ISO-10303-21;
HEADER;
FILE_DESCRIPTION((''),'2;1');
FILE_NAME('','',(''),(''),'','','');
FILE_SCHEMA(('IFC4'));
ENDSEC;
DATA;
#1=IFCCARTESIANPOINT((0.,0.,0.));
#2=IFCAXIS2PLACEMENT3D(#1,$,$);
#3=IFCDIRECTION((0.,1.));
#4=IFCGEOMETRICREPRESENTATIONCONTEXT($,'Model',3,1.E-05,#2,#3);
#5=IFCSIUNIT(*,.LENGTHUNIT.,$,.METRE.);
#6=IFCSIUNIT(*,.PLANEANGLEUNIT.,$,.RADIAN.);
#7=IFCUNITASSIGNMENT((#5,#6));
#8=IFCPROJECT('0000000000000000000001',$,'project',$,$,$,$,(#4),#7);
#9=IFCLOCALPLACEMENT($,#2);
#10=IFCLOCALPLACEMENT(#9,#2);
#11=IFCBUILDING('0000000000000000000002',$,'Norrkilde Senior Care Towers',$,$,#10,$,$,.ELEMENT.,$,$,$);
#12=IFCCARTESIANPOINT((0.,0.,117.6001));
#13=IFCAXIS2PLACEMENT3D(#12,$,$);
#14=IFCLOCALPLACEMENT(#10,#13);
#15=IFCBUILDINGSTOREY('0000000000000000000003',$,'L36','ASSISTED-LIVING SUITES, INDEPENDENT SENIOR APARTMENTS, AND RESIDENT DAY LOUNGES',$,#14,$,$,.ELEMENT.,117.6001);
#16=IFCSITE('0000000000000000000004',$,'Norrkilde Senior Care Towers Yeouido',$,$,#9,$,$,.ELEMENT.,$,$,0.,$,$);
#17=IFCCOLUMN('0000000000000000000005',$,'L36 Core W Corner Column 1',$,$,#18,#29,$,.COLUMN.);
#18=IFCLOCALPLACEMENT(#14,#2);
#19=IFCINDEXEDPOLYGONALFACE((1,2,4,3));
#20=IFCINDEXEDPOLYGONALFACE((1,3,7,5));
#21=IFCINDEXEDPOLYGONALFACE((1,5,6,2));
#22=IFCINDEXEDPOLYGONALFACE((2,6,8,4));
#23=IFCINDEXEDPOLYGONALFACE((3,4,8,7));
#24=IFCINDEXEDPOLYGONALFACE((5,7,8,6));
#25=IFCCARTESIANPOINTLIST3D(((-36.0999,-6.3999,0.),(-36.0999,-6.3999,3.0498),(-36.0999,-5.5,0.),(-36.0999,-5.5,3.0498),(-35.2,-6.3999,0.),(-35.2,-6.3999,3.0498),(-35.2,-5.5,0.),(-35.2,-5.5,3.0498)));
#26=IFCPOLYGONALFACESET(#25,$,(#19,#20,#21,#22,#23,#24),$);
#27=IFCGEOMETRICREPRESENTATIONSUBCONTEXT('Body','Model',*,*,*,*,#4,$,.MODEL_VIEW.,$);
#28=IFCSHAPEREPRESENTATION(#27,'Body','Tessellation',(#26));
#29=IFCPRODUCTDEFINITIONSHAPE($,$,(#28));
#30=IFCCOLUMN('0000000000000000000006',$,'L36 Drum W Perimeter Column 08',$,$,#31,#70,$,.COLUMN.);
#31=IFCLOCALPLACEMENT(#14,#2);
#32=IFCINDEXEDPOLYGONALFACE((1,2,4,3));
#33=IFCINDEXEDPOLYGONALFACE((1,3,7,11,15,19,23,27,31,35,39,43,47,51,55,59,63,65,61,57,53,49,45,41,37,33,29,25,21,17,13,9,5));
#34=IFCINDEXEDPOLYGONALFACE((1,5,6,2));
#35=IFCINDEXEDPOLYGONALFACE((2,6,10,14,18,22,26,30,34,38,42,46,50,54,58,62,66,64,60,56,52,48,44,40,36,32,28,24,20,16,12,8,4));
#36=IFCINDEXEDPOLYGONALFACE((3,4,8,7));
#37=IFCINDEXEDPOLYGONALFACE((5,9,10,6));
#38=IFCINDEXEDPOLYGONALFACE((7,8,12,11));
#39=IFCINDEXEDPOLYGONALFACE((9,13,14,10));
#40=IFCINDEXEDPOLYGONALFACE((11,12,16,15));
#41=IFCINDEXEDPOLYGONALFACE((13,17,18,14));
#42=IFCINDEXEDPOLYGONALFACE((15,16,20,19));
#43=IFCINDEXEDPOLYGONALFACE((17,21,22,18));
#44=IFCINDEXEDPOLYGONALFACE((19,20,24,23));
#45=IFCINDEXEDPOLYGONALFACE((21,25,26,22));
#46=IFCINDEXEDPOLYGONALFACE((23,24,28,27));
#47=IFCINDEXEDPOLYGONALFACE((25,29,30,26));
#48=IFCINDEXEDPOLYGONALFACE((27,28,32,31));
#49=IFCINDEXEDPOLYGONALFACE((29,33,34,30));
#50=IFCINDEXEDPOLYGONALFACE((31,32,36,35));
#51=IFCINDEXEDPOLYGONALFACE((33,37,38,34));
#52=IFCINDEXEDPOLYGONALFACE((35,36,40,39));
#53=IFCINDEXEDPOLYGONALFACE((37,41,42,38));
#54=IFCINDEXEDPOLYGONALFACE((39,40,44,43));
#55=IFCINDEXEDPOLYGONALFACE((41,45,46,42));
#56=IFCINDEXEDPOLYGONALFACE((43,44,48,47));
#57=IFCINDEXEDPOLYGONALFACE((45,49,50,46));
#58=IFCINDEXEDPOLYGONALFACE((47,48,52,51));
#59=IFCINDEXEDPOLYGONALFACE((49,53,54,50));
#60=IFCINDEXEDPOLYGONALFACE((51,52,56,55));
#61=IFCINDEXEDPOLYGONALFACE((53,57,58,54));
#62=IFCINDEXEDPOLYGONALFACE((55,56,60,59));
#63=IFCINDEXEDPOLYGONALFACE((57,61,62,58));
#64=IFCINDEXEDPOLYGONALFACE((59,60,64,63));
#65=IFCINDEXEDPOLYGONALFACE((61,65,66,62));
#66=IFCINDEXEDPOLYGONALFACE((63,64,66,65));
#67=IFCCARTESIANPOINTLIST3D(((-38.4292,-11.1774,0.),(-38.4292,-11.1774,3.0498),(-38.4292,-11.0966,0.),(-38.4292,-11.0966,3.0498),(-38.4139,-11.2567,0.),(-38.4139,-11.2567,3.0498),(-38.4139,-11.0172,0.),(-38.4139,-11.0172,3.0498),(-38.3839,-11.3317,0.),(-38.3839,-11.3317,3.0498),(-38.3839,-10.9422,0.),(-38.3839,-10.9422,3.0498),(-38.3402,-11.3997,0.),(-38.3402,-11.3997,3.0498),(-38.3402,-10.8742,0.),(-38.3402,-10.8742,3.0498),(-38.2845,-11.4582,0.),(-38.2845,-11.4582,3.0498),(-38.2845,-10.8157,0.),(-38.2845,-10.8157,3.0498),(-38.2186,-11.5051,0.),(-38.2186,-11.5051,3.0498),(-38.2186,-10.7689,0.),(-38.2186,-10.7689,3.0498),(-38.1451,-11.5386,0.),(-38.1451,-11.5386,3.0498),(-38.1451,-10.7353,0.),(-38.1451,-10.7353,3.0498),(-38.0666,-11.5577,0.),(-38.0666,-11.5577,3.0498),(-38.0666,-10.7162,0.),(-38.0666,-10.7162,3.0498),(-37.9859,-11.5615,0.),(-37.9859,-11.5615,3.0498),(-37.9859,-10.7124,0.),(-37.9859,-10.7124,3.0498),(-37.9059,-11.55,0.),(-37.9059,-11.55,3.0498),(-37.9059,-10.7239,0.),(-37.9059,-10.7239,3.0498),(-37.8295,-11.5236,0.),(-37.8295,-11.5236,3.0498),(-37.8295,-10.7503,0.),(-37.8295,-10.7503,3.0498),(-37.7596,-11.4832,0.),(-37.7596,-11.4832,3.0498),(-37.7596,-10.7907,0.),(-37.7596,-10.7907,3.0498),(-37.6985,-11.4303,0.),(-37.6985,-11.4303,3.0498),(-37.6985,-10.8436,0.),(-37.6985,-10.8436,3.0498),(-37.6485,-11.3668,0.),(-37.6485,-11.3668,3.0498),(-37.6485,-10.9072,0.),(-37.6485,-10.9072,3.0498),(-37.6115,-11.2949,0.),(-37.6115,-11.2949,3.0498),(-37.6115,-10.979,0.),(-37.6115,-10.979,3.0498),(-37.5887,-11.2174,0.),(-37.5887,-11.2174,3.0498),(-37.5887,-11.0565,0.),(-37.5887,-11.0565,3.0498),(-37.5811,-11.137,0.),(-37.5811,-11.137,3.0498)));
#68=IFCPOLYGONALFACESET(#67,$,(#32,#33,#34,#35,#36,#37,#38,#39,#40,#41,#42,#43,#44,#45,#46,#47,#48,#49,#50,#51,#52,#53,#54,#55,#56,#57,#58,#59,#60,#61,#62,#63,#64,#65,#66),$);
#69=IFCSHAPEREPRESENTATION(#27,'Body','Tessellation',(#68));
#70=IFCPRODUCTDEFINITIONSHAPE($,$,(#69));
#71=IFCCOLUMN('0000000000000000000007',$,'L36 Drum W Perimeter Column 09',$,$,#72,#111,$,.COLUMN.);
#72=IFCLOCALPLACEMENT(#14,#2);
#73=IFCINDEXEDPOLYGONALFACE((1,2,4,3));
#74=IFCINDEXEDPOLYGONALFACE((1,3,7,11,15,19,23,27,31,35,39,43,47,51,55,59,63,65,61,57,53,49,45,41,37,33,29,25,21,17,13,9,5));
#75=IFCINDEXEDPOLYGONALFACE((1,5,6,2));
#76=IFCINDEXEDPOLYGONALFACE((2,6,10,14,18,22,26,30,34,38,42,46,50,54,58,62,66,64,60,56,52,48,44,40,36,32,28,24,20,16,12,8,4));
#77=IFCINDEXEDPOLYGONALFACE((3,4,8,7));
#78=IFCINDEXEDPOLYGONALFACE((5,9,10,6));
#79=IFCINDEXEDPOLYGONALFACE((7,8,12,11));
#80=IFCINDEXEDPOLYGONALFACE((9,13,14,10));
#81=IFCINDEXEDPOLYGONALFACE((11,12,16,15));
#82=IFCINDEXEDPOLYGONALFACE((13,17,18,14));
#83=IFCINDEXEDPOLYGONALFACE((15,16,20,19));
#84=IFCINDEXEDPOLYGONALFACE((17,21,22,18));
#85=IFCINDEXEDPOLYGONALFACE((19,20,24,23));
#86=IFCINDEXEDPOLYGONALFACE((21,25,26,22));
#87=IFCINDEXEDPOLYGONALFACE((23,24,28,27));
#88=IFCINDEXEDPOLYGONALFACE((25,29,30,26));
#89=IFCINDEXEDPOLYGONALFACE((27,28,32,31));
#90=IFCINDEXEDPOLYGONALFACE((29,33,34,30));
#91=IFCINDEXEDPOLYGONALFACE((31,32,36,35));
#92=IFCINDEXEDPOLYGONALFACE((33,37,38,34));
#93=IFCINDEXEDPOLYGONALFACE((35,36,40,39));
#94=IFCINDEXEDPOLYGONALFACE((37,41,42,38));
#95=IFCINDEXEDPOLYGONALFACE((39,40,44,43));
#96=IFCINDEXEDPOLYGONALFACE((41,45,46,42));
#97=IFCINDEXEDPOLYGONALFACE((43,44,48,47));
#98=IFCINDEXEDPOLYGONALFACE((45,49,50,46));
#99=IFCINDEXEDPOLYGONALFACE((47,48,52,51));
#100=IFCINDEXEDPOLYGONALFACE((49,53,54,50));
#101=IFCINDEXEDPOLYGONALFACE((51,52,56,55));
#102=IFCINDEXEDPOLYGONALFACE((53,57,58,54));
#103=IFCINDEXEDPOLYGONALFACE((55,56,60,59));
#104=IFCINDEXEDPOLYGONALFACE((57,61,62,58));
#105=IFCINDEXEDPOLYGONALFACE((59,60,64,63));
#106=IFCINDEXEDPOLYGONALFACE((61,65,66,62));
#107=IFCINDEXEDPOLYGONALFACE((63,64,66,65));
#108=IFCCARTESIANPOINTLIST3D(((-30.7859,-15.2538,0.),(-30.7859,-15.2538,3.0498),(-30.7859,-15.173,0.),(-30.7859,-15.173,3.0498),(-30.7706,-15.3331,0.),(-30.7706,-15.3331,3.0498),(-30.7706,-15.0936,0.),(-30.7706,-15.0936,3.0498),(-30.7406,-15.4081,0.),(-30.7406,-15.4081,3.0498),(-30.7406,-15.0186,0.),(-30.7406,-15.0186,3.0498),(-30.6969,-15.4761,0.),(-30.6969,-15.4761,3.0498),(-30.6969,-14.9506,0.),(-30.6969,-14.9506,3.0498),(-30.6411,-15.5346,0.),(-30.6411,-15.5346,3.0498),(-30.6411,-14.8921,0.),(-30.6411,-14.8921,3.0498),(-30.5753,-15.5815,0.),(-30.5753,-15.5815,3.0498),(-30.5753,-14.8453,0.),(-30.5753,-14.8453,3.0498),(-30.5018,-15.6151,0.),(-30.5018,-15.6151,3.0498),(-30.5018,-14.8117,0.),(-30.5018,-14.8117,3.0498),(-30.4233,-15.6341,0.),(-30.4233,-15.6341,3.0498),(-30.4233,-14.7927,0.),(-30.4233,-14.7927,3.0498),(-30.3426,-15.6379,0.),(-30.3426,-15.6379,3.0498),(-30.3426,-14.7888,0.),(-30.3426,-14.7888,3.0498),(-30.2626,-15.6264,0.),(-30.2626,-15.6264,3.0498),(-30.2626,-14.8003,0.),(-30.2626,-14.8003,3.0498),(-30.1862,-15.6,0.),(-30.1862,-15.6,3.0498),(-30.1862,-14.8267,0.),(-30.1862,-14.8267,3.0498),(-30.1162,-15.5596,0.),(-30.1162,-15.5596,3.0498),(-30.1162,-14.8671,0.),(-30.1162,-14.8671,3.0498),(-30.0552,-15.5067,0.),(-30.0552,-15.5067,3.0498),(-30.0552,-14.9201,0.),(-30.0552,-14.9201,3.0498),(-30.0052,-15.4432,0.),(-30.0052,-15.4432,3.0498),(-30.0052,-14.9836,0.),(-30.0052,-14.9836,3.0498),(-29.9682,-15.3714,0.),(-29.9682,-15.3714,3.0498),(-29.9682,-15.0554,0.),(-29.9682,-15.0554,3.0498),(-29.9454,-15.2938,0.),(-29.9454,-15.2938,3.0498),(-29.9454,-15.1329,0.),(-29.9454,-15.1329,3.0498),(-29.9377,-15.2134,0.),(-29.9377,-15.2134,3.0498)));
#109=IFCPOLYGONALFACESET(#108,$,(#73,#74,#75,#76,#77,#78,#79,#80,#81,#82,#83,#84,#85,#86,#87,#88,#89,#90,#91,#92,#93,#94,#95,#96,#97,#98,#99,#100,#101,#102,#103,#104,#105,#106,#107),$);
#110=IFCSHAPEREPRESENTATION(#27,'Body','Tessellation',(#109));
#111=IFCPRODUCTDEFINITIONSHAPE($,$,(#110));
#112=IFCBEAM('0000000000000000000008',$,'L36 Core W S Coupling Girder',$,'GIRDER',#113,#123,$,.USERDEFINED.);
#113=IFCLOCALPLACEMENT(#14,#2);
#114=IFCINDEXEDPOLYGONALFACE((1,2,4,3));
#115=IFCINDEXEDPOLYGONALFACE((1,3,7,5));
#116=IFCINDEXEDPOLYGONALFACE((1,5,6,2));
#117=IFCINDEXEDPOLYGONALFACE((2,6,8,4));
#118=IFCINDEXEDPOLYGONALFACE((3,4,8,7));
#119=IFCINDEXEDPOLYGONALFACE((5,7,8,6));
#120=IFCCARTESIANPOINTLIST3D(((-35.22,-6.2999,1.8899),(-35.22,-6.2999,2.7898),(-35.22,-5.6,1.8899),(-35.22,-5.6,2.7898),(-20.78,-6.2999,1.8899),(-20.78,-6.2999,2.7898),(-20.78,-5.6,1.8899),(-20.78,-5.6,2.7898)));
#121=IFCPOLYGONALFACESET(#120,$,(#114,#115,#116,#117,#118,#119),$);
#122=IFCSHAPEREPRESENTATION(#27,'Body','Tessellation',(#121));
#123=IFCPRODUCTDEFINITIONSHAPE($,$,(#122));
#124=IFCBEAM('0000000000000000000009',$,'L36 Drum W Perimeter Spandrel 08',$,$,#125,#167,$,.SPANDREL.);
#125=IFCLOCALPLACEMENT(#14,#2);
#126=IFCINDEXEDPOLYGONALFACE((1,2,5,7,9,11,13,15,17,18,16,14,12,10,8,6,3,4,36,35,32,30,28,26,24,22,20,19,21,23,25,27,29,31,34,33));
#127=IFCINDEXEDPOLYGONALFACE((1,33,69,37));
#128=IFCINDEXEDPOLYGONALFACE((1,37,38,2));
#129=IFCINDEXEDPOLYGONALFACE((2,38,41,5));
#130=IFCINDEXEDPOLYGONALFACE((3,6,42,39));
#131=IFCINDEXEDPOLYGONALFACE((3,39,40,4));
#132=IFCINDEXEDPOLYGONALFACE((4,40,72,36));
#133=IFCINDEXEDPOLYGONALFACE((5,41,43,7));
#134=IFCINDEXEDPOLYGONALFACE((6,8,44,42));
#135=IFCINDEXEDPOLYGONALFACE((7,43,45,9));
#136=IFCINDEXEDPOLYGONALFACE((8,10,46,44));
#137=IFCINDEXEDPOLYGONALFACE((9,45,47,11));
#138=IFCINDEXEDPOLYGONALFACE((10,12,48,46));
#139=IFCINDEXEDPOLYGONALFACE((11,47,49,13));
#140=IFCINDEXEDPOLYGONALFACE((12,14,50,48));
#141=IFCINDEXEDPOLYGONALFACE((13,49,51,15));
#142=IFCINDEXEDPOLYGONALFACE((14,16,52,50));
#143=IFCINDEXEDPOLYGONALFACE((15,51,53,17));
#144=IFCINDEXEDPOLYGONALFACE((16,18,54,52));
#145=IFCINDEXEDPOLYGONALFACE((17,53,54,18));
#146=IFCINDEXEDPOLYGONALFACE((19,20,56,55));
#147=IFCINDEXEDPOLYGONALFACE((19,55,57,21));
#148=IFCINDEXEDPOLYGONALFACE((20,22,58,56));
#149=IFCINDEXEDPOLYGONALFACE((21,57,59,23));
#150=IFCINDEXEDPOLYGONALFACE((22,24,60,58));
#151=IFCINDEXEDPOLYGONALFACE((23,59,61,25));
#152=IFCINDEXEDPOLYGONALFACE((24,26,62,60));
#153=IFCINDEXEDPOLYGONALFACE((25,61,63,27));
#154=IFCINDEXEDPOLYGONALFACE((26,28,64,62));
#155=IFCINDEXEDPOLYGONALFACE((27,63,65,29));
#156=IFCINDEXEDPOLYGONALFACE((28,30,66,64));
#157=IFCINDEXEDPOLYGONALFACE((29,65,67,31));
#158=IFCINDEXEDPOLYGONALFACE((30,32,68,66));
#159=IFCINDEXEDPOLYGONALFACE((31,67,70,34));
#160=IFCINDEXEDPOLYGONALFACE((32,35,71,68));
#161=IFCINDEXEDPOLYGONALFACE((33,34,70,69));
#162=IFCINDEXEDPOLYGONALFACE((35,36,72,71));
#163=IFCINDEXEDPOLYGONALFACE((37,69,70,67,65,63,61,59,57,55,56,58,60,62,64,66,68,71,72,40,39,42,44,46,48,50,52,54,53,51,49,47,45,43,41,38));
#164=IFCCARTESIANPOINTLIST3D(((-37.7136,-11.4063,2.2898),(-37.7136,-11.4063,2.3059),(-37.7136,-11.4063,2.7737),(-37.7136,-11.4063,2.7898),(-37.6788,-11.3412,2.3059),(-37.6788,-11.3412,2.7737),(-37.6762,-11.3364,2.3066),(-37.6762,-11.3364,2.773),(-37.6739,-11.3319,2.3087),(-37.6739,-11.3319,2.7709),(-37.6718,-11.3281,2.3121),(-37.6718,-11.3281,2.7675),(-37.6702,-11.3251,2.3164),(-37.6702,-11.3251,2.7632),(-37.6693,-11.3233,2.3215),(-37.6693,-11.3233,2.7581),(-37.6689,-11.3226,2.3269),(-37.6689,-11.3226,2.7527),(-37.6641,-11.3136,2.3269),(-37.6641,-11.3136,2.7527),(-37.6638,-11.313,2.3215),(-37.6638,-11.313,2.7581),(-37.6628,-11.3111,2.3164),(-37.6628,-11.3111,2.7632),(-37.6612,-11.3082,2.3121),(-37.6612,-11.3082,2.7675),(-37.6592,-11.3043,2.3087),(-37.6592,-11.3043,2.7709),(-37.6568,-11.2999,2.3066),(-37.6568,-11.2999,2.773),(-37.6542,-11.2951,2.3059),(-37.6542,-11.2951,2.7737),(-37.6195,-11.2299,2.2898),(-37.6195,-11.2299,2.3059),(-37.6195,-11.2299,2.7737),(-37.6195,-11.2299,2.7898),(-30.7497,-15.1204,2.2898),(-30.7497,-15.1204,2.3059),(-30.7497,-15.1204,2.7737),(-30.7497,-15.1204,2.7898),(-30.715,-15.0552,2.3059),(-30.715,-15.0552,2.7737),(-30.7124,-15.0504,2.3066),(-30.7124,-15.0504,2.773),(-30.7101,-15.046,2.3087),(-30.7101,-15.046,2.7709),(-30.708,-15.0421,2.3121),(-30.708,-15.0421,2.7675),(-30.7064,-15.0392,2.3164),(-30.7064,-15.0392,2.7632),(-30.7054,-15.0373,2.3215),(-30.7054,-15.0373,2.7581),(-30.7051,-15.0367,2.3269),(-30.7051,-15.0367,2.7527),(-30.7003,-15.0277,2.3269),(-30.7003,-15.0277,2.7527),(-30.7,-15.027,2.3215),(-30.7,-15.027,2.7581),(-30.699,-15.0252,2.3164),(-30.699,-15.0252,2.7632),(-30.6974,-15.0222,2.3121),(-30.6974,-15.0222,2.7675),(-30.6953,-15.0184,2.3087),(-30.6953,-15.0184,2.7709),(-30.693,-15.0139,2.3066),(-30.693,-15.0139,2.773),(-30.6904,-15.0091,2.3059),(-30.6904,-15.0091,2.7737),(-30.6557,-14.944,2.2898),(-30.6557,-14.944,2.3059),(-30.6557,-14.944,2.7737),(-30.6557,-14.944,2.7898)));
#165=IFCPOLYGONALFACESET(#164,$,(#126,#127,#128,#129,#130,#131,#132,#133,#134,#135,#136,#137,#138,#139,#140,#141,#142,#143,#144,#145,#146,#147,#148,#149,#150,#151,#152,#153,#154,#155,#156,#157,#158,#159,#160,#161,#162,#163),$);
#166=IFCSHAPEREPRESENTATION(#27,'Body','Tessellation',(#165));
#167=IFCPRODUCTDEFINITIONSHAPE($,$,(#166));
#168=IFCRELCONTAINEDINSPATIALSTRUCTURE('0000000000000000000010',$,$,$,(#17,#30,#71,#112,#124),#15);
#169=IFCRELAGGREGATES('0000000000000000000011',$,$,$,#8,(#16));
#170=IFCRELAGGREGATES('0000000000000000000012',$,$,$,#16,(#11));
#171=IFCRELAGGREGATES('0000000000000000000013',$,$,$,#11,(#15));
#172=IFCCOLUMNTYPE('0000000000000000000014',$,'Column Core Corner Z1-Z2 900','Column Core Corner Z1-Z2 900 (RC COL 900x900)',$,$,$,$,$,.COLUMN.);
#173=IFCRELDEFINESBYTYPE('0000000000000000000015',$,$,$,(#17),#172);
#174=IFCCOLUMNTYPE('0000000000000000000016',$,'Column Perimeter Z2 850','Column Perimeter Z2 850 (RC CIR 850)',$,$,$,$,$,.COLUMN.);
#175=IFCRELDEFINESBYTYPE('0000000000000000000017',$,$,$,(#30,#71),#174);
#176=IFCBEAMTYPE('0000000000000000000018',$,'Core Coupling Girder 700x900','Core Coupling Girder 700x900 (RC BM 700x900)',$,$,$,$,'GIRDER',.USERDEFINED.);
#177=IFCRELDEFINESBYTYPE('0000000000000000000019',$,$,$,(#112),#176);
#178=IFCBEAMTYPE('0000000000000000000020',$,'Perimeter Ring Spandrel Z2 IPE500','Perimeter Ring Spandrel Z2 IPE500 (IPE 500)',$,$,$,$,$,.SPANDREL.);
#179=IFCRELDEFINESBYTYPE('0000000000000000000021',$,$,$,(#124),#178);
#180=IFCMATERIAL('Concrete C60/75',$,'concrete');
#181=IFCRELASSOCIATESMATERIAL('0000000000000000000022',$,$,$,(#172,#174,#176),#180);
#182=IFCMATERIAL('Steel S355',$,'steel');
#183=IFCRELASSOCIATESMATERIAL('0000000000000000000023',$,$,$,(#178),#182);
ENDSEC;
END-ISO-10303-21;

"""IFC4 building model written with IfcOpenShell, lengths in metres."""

from ifc_helpers import new_model, si_unit, direction, frame, origin, origin_2d, place, context, subcontext, project, spatial, rectangle, circle, i_section, extrude, source, transform, mapped, material, material_profile, profile_set, type_object, type_shapes, element, save


model = new_model("IFC4")

# Units and contexts
model_context = context("Model", 3, precision=1e-05, world=origin(), true_north=direction((0.0, 1.0)))
body_context = subcontext(model_context, "Body", "Model", "MODEL_VIEW")
ifc_project = project(units=[si_unit("LENGTHUNIT", "METRE"), si_unit("PLANEANGLEUNIT", "RADIAN")], contexts=[model_context])

# Site, building, storey
site_placement = place(None, origin())
site = spatial("IfcSite", under=ifc_project, at=site_placement, Name="Norrkilde Senior Care Towers Yeouido", CompositionType="ELEMENT", RefElevation=0.0)
building_placement = place(site_placement, origin())
building = spatial("IfcBuilding", under=site, at=building_placement, Name="Norrkilde Senior Care Towers", CompositionType="ELEMENT")
storey_placement = place(building_placement, frame((0.0, 0.0, 117.6001)))
storey = spatial("IfcBuildingStorey", under=building, at=storey_placement, Name="L36", Description="ASSISTED-LIVING SUITES, INDEPENDENT SENIOR APARTMENTS, AND RESIDENT DAY LOUNGES", CompositionType="ELEMENT", Elevation=117.6001)

# Columns
ifc_material_1 = material(Name="Concrete C60/75", Category="concrete")
ifc_material_profile_1 = material_profile(ifc_material_1, rectangle(XDim=0.8999, YDim=0.8999, at=origin_2d()), Name="RC COL 900x900")
ifc_profile_set_1 = profile_set([ifc_material_profile_1], Name="Concrete C60/75")
column_type_1 = type_object("IfcColumnType", Name="Column Core Corner Z1-Z2 900", Description="Column Core Corner Z1-Z2 900 (RC COL 900x900)", PredefinedType="COLUMN", material=ifc_profile_set_1)
shared_shape_1 = source(origin(), body_context, "Body", "SweptSolid", [
    extrude(rectangle(XDim=0.8999, YDim=0.8999, at=origin_2d()), origin(), (0.0, 0.0, 1.0), 3.0498),
])
type_shapes(column_type_1, [shared_shape_1])
column_placement = place(storey_placement, frame((-35.6499, -5.95, 0.0), z_axis=(0.0, 0.0, 1.0), x_axis=(1.0, 0.0, 0.0)))
element("IfcColumn", 1, at=column_placement, inside=storey, type_object=column_type_1, Name="L36 Core W Corner Column 1", PredefinedType="COLUMN", context=body_context, shape_type="MappedRepresentation", body=[
    mapped(shared_shape_1, transform((0.0, 0.0, 0.0), x_axis=(1.0, 0.0, 0.0), y_axis=(0.0, 1.0, 0.0), z_axis=(0.0, 0.0, 1.0), scale=1.0)),
])
ifc_material_profile_2 = material_profile(ifc_material_1, circle(Radius=0.425, at=origin_2d()), Name="RC CIR 850")
ifc_profile_set_2 = profile_set([ifc_material_profile_2], Name="Concrete C60/75")
column_type_2 = type_object("IfcColumnType", Name="Column Perimeter Z2 850", Description="Column Perimeter Z2 850 (RC CIR 850)", PredefinedType="COLUMN", material=ifc_profile_set_2)
shared_shape_2 = source(origin(), body_context, "Body", "SweptSolid", [
    extrude(circle(Radius=0.425, at=origin_2d()), origin(), (0.0, 0.0, 1.0), 3.0498),
])
type_shapes(column_type_2, [shared_shape_2])
for number, where, z_axis, x_axis, name in (
    (2, (-38.0061, -11.137, 0.0), (0.0, 0.0, 1.0), (1.0, 0.0, 0.0), "L36 Drum W Perimeter Column 08"),
    (3, (-30.3628, -15.2134, 0.0), (0.0, 0.0, 1.0), (1.0, 0.0, 0.0), "L36 Drum W Perimeter Column 09"),
):
    element("IfcColumn", number, at=place(storey_placement, frame(where, z_axis=z_axis, x_axis=x_axis)), inside=storey, type_object=column_type_2, Name=name, PredefinedType="COLUMN", context=body_context, shape_type="MappedRepresentation", body=[
        mapped(shared_shape_2, transform((0.0, 0.0, 0.0), x_axis=(1.0, 0.0, 0.0), y_axis=(0.0, 1.0, 0.0), z_axis=(0.0, 0.0, 1.0), scale=1.0)),
    ])

# Beams
ifc_material_profile_3 = material_profile(ifc_material_1, rectangle(XDim=0.7, YDim=0.8999, at=origin_2d()), Name="RC BM 700x900")
ifc_profile_set_3 = profile_set([ifc_material_profile_3], Name="Concrete C60/75")
beam_type_1 = type_object("IfcBeamType", Name="Core Coupling Girder 700x900", Description="Core Coupling Girder 700x900 (RC BM 700x900)", ElementType="GIRDER", PredefinedType="USERDEFINED", material=ifc_profile_set_3)
shared_shape_3 = source(origin(), body_context, "Body", "SweptSolid", [
    extrude(rectangle(XDim=0.7, YDim=0.8999, at=origin_2d()), origin(), (0.0, 0.0, 1.0), 14.4399),
])
type_shapes(beam_type_1, [shared_shape_3])
beam_1_placement = place(storey_placement, frame((-35.22, -5.95, 2.3398), z_axis=(1.0, 0.0, 0.0), x_axis=(0.0, 1.0, 0.0)))
element("IfcBeam", 4, at=beam_1_placement, inside=storey, type_object=beam_type_1, Name="L36 Core W S Coupling Girder", ObjectType="GIRDER", PredefinedType="USERDEFINED", context=body_context, shape_type="MappedRepresentation", body=[
    mapped(shared_shape_3, transform((0.0, 0.0, 0.0), x_axis=(1.0, 0.0, 0.0), y_axis=(0.0, 1.0, 0.0), z_axis=(0.0, 0.0, 1.0), scale=1.0)),
])
ifc_material_2 = material(Name="Steel S355", Category="steel")
ifc_material_profile_4 = material_profile(ifc_material_2, i_section(OverallWidth=0.2, OverallDepth=0.5, WebThickness=0.0103, FlangeThickness=0.0161, FilletRadius=0.021, at=origin_2d()), Name="IPE 500")
ifc_profile_set_4 = profile_set([ifc_material_profile_4], Name="Steel S355")
beam_type_2 = type_object("IfcBeamType", Name="Perimeter Ring Spandrel Z2 IPE500", Description="Perimeter Ring Spandrel Z2 IPE500 (IPE 500)", PredefinedType="SPANDREL", material=ifc_profile_set_4)
shared_shape_4 = source(origin(), body_context, "Body", "SweptSolid", [
    extrude(i_section(OverallWidth=0.2, OverallDepth=0.5, WebThickness=0.0103, FlangeThickness=0.0161, FilletRadius=0.021, at=origin_2d()), origin(), (0.0, 0.0, 1.0), 7.8923),
])
beam_2_placement = place(storey_placement, frame((-37.6665, -11.3181, 2.5398), z_axis=(0.88235, -0.470593, 0.0), x_axis=(0.470593, 0.88235, 0.0)))
element("IfcBeam", 5, at=beam_2_placement, inside=storey, type_object=beam_type_2, Name="L36 Drum W Perimeter Spandrel 08", PredefinedType="SPANDREL", context=body_context, shape_type="MappedRepresentation", body=[
    mapped(shared_shape_4, transform((0.0, 0.0, 0.0), x_axis=(1.0, 0.0, 0.0), y_axis=(0.0, 1.0, 0.0), z_axis=(0.0, 0.0, 1.0), scale=1.0)),
])

save(model, "model.ifc")
